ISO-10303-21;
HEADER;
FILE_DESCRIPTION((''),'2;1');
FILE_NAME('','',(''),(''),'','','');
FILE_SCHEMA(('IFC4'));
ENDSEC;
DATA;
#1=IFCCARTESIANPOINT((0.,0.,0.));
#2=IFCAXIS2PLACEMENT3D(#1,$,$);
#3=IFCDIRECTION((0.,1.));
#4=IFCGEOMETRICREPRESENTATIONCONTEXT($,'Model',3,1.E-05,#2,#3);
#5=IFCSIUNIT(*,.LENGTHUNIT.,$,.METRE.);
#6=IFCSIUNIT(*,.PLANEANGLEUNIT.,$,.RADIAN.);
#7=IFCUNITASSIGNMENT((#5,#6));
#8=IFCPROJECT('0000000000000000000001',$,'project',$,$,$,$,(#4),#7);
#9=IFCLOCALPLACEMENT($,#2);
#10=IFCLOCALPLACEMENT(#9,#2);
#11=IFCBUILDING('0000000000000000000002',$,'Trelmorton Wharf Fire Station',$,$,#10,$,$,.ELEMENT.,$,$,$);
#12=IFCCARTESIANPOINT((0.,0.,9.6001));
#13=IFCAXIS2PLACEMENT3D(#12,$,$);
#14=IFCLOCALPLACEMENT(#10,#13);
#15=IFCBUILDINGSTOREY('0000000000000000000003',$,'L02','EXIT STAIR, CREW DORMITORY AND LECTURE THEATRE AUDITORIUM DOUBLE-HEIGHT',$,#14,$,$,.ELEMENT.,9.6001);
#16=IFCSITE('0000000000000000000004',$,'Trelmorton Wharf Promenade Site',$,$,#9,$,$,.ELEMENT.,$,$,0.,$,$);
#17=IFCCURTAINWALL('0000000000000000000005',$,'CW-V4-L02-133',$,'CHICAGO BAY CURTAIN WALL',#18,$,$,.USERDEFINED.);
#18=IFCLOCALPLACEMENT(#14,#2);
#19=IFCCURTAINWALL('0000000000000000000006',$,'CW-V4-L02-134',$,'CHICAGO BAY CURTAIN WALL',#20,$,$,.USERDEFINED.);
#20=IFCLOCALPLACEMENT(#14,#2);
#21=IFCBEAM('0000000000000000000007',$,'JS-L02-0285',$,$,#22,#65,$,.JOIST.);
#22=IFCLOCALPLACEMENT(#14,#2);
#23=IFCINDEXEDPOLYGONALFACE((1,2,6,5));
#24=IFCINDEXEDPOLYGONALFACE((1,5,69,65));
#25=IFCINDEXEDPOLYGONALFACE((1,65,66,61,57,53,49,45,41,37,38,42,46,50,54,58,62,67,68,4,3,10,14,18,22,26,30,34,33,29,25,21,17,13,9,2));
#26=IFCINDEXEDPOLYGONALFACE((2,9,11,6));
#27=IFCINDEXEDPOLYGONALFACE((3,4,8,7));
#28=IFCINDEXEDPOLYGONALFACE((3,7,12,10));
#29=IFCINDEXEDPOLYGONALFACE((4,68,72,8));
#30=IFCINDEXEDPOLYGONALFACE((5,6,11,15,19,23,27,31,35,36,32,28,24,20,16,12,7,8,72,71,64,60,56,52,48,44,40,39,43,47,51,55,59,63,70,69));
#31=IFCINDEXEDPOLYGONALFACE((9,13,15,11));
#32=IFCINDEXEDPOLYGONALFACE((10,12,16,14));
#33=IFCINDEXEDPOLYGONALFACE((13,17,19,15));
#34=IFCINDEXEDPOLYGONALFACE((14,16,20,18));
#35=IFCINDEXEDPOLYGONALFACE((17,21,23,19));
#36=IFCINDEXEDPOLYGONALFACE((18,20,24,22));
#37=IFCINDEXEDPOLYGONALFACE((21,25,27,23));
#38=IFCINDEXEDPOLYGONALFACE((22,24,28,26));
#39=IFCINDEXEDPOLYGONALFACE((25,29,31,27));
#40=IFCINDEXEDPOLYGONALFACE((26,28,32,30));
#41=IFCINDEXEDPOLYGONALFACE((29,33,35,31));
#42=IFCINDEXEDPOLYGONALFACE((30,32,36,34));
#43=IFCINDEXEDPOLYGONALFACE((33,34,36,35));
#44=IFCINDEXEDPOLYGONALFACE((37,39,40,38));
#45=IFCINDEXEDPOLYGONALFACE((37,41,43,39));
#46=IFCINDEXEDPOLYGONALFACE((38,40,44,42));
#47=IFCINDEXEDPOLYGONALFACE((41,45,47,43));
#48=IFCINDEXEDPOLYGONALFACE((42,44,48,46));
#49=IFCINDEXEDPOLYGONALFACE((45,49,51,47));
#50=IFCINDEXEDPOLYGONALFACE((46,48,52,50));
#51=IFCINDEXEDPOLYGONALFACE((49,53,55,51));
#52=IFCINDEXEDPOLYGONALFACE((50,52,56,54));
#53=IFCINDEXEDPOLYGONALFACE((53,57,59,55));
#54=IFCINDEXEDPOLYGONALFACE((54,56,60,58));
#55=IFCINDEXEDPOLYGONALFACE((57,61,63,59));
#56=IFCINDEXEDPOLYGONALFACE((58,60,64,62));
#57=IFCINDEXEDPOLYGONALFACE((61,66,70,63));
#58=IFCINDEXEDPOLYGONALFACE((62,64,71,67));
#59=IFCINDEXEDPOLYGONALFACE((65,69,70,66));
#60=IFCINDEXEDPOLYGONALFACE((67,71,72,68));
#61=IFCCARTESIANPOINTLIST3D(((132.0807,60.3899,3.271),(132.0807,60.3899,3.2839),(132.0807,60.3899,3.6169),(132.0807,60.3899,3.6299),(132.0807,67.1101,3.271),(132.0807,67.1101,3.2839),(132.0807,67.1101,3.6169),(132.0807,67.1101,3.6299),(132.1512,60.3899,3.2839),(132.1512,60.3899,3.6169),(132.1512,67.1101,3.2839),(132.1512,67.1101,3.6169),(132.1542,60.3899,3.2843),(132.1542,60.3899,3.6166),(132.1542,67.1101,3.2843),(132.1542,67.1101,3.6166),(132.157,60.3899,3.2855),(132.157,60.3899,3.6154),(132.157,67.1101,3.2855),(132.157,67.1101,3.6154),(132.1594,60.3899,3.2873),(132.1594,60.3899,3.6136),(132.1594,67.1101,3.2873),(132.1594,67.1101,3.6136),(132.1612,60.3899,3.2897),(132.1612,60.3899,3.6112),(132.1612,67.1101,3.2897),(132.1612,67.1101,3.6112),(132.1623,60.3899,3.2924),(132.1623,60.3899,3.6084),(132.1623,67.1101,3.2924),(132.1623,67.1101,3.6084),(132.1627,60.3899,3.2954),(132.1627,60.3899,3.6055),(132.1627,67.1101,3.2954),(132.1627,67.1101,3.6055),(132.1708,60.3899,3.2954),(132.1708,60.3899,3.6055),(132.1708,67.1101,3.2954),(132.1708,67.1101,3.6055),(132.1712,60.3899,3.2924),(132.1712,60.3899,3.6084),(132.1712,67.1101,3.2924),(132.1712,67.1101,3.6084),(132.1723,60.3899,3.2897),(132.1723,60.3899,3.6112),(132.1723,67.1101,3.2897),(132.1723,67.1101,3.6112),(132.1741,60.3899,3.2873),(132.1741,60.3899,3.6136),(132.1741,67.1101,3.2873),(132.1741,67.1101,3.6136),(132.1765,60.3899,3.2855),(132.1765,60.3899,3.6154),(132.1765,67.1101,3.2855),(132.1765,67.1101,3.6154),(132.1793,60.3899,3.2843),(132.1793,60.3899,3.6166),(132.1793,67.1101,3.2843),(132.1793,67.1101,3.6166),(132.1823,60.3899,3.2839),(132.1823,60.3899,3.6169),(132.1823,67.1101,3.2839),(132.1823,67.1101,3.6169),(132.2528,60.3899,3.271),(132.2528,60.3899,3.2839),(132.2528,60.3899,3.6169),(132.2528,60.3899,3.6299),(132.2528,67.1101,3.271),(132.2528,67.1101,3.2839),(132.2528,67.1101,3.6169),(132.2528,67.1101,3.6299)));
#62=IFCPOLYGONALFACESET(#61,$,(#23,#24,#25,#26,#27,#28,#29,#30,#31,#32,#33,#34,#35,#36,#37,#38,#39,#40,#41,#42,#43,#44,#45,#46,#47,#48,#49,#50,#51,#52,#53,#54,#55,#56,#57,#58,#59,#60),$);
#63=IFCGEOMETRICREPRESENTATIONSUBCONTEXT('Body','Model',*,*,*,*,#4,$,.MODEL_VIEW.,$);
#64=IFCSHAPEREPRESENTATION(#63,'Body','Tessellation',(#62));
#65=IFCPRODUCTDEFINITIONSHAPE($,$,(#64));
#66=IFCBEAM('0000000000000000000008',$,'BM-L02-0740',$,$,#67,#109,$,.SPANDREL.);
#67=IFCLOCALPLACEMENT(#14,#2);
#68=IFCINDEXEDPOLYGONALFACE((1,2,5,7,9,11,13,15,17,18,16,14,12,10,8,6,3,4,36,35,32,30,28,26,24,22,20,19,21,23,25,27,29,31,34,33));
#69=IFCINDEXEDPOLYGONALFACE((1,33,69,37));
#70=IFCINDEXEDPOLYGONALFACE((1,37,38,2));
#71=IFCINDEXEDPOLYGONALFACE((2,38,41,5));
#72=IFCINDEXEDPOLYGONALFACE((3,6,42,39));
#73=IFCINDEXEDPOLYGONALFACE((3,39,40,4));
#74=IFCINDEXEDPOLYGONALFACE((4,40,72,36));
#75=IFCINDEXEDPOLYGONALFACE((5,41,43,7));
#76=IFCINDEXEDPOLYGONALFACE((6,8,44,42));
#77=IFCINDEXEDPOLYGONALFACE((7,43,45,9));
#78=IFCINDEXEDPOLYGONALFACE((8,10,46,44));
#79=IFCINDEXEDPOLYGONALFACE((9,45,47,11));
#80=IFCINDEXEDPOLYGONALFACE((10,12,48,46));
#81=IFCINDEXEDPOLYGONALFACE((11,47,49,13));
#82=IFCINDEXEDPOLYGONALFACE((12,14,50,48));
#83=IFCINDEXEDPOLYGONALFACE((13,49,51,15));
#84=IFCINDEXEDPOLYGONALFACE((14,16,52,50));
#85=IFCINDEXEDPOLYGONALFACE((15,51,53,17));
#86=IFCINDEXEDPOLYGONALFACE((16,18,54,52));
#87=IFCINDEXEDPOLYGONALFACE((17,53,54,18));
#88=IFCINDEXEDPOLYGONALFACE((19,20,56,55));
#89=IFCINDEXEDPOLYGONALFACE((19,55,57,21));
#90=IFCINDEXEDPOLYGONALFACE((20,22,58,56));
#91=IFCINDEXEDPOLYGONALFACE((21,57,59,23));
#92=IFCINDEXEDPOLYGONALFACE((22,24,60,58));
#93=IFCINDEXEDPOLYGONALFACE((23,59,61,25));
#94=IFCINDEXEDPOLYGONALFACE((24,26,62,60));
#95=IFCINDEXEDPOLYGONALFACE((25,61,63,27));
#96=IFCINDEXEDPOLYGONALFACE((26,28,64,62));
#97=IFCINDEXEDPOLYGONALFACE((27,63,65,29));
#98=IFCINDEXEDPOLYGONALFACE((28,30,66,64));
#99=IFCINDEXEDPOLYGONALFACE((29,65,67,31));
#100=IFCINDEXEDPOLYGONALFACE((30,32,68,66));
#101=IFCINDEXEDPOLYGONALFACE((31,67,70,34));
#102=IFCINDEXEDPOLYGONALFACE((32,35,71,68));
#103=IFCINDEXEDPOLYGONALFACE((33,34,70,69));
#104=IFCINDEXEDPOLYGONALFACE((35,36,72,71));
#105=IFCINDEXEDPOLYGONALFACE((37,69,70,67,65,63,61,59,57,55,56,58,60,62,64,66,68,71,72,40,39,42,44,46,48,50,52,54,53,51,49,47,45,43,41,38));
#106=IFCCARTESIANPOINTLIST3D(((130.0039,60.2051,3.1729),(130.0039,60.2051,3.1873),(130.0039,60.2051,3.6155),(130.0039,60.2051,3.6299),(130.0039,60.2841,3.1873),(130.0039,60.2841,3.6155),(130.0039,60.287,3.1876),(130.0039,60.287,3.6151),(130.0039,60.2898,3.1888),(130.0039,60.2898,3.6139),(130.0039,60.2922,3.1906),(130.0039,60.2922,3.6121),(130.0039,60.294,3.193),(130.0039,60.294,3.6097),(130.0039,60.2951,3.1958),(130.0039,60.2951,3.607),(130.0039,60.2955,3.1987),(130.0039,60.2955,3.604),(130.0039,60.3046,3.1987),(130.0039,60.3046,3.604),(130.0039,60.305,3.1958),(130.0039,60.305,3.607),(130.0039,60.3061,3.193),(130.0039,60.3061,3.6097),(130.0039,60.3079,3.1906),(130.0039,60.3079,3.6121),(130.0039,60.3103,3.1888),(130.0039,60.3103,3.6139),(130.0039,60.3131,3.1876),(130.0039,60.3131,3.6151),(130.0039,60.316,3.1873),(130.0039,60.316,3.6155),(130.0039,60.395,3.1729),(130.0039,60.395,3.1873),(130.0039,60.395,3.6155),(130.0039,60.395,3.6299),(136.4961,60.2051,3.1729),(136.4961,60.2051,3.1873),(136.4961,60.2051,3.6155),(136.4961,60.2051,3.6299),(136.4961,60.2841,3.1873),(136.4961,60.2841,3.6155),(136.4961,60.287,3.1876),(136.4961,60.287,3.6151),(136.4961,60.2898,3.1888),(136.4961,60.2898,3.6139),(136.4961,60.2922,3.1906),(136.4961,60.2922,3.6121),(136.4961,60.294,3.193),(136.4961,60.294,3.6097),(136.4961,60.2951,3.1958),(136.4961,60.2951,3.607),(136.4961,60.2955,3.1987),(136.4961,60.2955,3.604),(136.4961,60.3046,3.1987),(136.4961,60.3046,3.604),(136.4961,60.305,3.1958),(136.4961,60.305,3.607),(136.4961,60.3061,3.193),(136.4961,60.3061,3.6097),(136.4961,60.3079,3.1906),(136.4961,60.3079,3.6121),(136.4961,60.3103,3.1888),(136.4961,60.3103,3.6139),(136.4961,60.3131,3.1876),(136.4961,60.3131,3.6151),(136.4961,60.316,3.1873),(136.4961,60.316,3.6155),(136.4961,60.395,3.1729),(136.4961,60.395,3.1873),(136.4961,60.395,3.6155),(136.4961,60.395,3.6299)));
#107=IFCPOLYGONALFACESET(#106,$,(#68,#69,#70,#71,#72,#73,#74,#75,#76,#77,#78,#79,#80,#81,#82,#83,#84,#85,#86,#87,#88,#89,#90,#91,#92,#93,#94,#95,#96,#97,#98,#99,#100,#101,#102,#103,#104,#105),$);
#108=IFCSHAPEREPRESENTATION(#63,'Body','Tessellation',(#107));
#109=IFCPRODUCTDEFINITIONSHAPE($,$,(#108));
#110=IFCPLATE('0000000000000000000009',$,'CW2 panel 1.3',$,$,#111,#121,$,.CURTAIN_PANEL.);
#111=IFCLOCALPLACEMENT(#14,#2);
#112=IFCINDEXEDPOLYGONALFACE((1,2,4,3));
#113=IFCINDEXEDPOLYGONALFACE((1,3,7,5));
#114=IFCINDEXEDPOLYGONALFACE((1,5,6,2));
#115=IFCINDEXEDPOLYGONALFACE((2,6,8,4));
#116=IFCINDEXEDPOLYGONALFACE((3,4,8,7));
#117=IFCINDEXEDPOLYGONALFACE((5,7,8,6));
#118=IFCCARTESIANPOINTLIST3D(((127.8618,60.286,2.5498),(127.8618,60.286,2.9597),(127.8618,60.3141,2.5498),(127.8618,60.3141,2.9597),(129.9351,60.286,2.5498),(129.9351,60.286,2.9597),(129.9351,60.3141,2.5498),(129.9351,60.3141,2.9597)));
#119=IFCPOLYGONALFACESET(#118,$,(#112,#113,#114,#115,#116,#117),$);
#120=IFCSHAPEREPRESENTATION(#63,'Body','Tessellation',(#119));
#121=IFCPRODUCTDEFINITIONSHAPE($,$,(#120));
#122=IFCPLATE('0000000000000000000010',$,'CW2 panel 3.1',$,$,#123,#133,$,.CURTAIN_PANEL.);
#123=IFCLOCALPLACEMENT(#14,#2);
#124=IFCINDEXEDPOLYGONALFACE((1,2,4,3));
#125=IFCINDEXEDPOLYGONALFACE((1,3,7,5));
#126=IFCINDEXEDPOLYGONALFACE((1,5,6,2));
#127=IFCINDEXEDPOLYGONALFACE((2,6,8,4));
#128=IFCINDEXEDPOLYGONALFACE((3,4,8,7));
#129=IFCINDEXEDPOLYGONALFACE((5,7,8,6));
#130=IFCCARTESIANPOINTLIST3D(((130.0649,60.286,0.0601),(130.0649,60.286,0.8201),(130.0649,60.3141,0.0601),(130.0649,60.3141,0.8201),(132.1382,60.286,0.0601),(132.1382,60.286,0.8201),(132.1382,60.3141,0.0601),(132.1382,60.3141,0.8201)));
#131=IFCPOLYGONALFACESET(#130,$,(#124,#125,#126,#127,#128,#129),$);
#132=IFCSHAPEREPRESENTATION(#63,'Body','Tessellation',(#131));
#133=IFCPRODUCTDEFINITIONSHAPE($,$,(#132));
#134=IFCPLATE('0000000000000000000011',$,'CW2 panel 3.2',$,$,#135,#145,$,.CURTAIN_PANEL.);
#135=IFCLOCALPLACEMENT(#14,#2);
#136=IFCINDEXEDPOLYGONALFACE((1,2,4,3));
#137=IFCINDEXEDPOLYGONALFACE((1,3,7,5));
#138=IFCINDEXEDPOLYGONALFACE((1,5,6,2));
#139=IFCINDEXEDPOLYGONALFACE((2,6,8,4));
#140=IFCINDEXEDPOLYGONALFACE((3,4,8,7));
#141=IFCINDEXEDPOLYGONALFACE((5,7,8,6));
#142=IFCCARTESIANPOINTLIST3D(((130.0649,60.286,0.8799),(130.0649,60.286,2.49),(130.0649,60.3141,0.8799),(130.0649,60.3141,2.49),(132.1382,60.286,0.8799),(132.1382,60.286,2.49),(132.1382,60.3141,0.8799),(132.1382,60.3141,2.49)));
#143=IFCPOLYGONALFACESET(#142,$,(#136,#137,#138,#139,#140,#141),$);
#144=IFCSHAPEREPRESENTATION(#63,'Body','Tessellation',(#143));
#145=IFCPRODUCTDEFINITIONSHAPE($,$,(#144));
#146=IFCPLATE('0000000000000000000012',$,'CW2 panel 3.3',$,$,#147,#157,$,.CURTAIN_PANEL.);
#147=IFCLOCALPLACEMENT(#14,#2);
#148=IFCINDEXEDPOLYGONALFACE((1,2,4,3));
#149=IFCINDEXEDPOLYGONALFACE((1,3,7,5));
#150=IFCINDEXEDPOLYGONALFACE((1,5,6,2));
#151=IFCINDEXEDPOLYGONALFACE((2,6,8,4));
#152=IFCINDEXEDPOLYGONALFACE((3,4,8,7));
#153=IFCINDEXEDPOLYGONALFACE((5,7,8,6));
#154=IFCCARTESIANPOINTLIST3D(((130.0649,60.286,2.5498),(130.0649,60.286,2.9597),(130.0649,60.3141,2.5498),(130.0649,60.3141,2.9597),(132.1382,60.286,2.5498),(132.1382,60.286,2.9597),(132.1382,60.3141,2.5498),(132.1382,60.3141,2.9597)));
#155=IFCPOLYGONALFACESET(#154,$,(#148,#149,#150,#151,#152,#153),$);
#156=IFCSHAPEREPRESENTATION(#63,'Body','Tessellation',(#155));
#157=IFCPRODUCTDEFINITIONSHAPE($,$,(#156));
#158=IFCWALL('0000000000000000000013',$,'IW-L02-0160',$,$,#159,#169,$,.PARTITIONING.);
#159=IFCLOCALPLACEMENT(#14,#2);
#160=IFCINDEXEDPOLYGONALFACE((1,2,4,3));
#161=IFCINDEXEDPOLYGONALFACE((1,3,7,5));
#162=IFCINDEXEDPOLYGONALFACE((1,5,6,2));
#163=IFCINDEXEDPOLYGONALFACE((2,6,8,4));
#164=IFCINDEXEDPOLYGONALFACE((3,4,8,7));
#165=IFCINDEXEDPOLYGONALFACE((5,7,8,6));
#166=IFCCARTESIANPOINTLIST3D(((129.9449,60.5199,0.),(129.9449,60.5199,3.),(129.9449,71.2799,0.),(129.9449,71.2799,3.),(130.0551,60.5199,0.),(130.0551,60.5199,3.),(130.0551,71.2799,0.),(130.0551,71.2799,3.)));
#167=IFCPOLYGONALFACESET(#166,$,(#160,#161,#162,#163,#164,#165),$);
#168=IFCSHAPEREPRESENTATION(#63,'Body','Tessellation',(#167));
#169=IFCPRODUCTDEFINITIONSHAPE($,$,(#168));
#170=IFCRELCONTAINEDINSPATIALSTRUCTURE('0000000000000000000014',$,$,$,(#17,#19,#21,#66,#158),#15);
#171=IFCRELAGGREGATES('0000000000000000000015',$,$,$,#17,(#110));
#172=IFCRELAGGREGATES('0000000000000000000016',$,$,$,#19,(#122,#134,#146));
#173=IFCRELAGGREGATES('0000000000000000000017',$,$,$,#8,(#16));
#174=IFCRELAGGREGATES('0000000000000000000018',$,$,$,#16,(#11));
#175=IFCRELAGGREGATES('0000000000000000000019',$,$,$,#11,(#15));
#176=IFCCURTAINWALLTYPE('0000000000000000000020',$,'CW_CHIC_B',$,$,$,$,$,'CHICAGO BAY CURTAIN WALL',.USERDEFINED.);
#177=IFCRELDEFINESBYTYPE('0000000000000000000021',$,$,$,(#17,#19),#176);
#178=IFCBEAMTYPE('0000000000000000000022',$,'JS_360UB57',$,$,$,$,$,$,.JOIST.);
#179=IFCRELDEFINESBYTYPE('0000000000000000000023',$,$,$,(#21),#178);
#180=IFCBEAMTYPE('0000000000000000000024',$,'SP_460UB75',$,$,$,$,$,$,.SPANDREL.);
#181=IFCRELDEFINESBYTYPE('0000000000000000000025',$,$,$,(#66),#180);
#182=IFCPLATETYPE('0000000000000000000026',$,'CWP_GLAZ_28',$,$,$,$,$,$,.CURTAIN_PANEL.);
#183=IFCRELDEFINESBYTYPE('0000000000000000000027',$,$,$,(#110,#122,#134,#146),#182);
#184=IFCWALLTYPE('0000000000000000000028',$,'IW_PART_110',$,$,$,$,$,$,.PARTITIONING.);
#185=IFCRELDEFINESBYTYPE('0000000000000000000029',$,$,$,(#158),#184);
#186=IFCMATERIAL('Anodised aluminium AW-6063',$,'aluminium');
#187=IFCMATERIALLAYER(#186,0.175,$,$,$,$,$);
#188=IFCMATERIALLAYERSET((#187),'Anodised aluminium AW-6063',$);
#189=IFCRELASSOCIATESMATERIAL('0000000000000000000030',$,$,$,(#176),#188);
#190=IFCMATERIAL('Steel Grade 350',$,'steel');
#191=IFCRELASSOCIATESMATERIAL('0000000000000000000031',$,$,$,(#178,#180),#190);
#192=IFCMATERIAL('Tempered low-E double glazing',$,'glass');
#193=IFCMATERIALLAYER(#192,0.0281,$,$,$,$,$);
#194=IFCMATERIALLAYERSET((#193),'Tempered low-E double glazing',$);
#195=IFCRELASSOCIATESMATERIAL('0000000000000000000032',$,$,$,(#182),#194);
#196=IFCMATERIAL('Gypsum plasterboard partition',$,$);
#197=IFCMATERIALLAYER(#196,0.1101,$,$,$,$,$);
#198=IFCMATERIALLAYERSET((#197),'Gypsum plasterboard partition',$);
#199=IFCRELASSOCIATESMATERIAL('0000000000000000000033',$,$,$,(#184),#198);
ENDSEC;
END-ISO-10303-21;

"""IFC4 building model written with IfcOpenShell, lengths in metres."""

from ifc_helpers import new_model, si_unit, direction, frame, frame_2d, origin, origin_2d, place, context, subcontext, project, spatial, rectangle, i_section, extrude, material, layer, layer_set, material_profile, profile_set, type_object, element, aggregate, save


model = new_model("IFC4")

# Units and contexts
model_context = context("Model", 3, precision=1e-05, world=origin(), true_north=direction((0.0, 1.0)))
body_context = subcontext(model_context, "Body", "Model", "MODEL_VIEW")
ifc_project = project(units=[si_unit("LENGTHUNIT", "METRE"), si_unit("PLANEANGLEUNIT", "RADIAN")], contexts=[model_context])

# Site, building, storey
site_placement = place(None, origin())
site = spatial("IfcSite", under=ifc_project, at=site_placement, Name="Trelmorton Wharf Promenade Site", CompositionType="ELEMENT", RefElevation=0.0)
building_placement = place(site_placement, origin())
building = spatial("IfcBuilding", under=site, at=building_placement, Name="Trelmorton Wharf Fire Station", CompositionType="ELEMENT")
storey_placement = place(building_placement, frame((0.0, 0.0, 9.6001)))
storey = spatial("IfcBuildingStorey", under=building, at=storey_placement, Name="L02", Description="EXIT STAIR, CREW DORMITORY AND LECTURE THEATRE AUDITORIUM DOUBLE-HEIGHT", CompositionType="ELEMENT", Elevation=9.6001)

# Shared definitions
ifc_material_1 = material(Name="Steel Grade 350", Category="steel")

# Curtain wall
ifc_material_2 = material(Name="Anodised aluminium AW-6063", Category="aluminium")
ifc_layer_1 = layer(ifc_material_2, 0.175)
ifc_layer_set_1 = layer_set([ifc_layer_1], Name="Anodised aluminium AW-6063")
curtain_wall_type = type_object("IfcCurtainWallType", Name="CW_CHIC_B", ElementType="CHICAGO BAY CURTAIN WALL", PredefinedType="USERDEFINED", material=ifc_layer_set_1)
curtain_wall_1_placement = place(storey_placement, origin())
curtain_wall_1 = element("IfcCurtainWall", 1, at=curtain_wall_1_placement, inside=storey, type_object=curtain_wall_type, Name="CW-V4-L02-133", ObjectType="CHICAGO BAY CURTAIN WALL", PredefinedType="USERDEFINED")

# Curtain wall
curtain_wall_2_placement = place(storey_placement, origin())
curtain_wall_2 = element("IfcCurtainWall", 2, at=curtain_wall_2_placement, inside=storey, type_object=curtain_wall_type, Name="CW-V4-L02-134", ObjectType="CHICAGO BAY CURTAIN WALL", PredefinedType="USERDEFINED")

# Beams
ifc_material_profile_1 = material_profile(ifc_material_1, i_section(OverallWidth=0.1721, OverallDepth=0.3589, WebThickness=0.0081, FlangeThickness=0.0129, FilletRadius=0.0115, at=origin_2d()), Name="360UB56.7")
ifc_profile_set_1 = profile_set([ifc_material_profile_1], Name="Steel Grade 350")
beam_type_1 = type_object("IfcBeamType", Name="JS_360UB57", PredefinedType="JOIST", material=ifc_profile_set_1)
beam_1_placement = place(storey_placement, frame((132.1667, 60.3899, 3.4504), z_axis=(0.0, 1.0, 0.0), x_axis=(-1.0, 0.0, 0.0)))
element("IfcBeam", 3, at=beam_1_placement, inside=storey, type_object=beam_type_1, Name="JS-L02-0285", PredefinedType="JOIST", context=body_context, shape_type="SweptSolid", body=[
    extrude(i_section(OverallWidth=0.1721, OverallDepth=0.3589, WebThickness=0.0081, FlangeThickness=0.0129, FilletRadius=0.0115, at=origin_2d()), origin(), (0.0, 0.0, 1.0), 6.7202),
])
ifc_material_profile_2 = material_profile(ifc_material_1, i_section(OverallWidth=0.1899, OverallDepth=0.457, WebThickness=0.009, FlangeThickness=0.0144, FilletRadius=0.0115, at=origin_2d()), Name="460UB74.6")
ifc_profile_set_2 = profile_set([ifc_material_profile_2], Name="Steel Grade 350")
beam_type_2 = type_object("IfcBeamType", Name="SP_460UB75", PredefinedType="SPANDREL", material=ifc_profile_set_2)
beam_2_placement = place(storey_placement, frame((130.0039, 60.3, 3.4014), z_axis=(1.0, 0.0, 0.0), x_axis=(0.0, 1.0, 0.0)))
element("IfcBeam", 4, at=beam_2_placement, inside=storey, type_object=beam_type_2, Name="BM-L02-0740", PredefinedType="SPANDREL", context=body_context, shape_type="SweptSolid", body=[
    extrude(i_section(OverallWidth=0.1899, OverallDepth=0.457, WebThickness=0.009, FlangeThickness=0.0144, FilletRadius=0.0115, at=origin_2d()), origin(), (0.0, 0.0, 1.0), 6.4922),
])

# Plates
ifc_material_3 = material(Name="Tempered low-E double glazing", Category="glass")
ifc_layer_2 = layer(ifc_material_3, 0.0281)
ifc_layer_set_2 = layer_set([ifc_layer_2], Name="Tempered low-E double glazing")
plate_type = type_object("IfcPlateType", Name="CWP_GLAZ_28", PredefinedType="CURTAIN_PANEL", material=ifc_layer_set_2)
plate_1_placement = place(storey_placement, frame((128.8984, 60.3, 2.5498), z_axis=(0.0, 0.0, 1.0), x_axis=(-1.0, 0.0, 0.0)))
plate_1 = element("IfcPlate", 5, at=plate_1_placement, type_object=plate_type, Name="CW2 panel 1.3", PredefinedType="CURTAIN_PANEL", context=body_context, shape_type="SweptSolid", body=[
    extrude(rectangle(XDim=2.0732, YDim=0.0281, at=origin_2d()), origin(), (0.0, 0.0, 1.0), 0.4099),
])
aggregate(curtain_wall_1, [plate_1])
plate_2_placement = place(storey_placement, frame((131.1016, 60.3, 0.0601), z_axis=(0.0, 0.0, 1.0), x_axis=(-1.0, 0.0, 0.0)))
plate_2 = element("IfcPlate", 6, at=plate_2_placement, type_object=plate_type, Name="CW2 panel 3.1", PredefinedType="CURTAIN_PANEL", context=body_context, shape_type="SweptSolid", body=[
    extrude(rectangle(XDim=2.0732, YDim=0.0281, at=origin_2d()), origin(), (0.0, 0.0, 1.0), 0.76),
])
plate_3_placement = place(storey_placement, frame((131.1016, 60.3, 0.8799), z_axis=(0.0, 0.0, 1.0), x_axis=(-1.0, 0.0, 0.0)))
plate_3 = element("IfcPlate", 7, at=plate_3_placement, type_object=plate_type, Name="CW2 panel 3.2", PredefinedType="CURTAIN_PANEL", context=body_context, shape_type="SweptSolid", body=[
    extrude(rectangle(XDim=2.0732, YDim=0.0281, at=origin_2d()), origin(), (0.0, 0.0, 1.0), 1.6101),
])
plate_4_placement = place(storey_placement, frame((131.1016, 60.3, 2.5498), z_axis=(0.0, 0.0, 1.0), x_axis=(-1.0, 0.0, 0.0)))
plate_4 = element("IfcPlate", 8, at=plate_4_placement, type_object=plate_type, Name="CW2 panel 3.3", PredefinedType="CURTAIN_PANEL", context=body_context, shape_type="SweptSolid", body=[
    extrude(rectangle(XDim=2.0732, YDim=0.0281, at=origin_2d()), origin(), (0.0, 0.0, 1.0), 0.4099),
])
aggregate(curtain_wall_2, [plate_2, plate_3, plate_4])

# Wall
ifc_material_4 = material(Name="Gypsum plasterboard partition")
ifc_layer_3 = layer(ifc_material_4, 0.1101)
ifc_layer_set_3 = layer_set([ifc_layer_3], Name="Gypsum plasterboard partition")
wall_type = type_object("IfcWallType", Name="IW_PART_110", PredefinedType="PARTITIONING", material=ifc_layer_set_3)
wall_placement = place(storey_placement, frame((130.0, 60.52, 0.0), z_axis=(0.0, 0.0, 1.0), x_axis=(0.0, 1.0, 0.0)))
element("IfcWall", 9, at=wall_placement, inside=storey, type_object=wall_type, Name="IW-L02-0160", PredefinedType="PARTITIONING", context=body_context, shape_type="SweptSolid", body=[
    extrude(rectangle(XDim=10.76, YDim=0.1101, at=frame_2d((5.3799, 0.0))), origin(), (0.0, 0.0, 1.0), 3.0),
])

save(model, "model.ifc")
